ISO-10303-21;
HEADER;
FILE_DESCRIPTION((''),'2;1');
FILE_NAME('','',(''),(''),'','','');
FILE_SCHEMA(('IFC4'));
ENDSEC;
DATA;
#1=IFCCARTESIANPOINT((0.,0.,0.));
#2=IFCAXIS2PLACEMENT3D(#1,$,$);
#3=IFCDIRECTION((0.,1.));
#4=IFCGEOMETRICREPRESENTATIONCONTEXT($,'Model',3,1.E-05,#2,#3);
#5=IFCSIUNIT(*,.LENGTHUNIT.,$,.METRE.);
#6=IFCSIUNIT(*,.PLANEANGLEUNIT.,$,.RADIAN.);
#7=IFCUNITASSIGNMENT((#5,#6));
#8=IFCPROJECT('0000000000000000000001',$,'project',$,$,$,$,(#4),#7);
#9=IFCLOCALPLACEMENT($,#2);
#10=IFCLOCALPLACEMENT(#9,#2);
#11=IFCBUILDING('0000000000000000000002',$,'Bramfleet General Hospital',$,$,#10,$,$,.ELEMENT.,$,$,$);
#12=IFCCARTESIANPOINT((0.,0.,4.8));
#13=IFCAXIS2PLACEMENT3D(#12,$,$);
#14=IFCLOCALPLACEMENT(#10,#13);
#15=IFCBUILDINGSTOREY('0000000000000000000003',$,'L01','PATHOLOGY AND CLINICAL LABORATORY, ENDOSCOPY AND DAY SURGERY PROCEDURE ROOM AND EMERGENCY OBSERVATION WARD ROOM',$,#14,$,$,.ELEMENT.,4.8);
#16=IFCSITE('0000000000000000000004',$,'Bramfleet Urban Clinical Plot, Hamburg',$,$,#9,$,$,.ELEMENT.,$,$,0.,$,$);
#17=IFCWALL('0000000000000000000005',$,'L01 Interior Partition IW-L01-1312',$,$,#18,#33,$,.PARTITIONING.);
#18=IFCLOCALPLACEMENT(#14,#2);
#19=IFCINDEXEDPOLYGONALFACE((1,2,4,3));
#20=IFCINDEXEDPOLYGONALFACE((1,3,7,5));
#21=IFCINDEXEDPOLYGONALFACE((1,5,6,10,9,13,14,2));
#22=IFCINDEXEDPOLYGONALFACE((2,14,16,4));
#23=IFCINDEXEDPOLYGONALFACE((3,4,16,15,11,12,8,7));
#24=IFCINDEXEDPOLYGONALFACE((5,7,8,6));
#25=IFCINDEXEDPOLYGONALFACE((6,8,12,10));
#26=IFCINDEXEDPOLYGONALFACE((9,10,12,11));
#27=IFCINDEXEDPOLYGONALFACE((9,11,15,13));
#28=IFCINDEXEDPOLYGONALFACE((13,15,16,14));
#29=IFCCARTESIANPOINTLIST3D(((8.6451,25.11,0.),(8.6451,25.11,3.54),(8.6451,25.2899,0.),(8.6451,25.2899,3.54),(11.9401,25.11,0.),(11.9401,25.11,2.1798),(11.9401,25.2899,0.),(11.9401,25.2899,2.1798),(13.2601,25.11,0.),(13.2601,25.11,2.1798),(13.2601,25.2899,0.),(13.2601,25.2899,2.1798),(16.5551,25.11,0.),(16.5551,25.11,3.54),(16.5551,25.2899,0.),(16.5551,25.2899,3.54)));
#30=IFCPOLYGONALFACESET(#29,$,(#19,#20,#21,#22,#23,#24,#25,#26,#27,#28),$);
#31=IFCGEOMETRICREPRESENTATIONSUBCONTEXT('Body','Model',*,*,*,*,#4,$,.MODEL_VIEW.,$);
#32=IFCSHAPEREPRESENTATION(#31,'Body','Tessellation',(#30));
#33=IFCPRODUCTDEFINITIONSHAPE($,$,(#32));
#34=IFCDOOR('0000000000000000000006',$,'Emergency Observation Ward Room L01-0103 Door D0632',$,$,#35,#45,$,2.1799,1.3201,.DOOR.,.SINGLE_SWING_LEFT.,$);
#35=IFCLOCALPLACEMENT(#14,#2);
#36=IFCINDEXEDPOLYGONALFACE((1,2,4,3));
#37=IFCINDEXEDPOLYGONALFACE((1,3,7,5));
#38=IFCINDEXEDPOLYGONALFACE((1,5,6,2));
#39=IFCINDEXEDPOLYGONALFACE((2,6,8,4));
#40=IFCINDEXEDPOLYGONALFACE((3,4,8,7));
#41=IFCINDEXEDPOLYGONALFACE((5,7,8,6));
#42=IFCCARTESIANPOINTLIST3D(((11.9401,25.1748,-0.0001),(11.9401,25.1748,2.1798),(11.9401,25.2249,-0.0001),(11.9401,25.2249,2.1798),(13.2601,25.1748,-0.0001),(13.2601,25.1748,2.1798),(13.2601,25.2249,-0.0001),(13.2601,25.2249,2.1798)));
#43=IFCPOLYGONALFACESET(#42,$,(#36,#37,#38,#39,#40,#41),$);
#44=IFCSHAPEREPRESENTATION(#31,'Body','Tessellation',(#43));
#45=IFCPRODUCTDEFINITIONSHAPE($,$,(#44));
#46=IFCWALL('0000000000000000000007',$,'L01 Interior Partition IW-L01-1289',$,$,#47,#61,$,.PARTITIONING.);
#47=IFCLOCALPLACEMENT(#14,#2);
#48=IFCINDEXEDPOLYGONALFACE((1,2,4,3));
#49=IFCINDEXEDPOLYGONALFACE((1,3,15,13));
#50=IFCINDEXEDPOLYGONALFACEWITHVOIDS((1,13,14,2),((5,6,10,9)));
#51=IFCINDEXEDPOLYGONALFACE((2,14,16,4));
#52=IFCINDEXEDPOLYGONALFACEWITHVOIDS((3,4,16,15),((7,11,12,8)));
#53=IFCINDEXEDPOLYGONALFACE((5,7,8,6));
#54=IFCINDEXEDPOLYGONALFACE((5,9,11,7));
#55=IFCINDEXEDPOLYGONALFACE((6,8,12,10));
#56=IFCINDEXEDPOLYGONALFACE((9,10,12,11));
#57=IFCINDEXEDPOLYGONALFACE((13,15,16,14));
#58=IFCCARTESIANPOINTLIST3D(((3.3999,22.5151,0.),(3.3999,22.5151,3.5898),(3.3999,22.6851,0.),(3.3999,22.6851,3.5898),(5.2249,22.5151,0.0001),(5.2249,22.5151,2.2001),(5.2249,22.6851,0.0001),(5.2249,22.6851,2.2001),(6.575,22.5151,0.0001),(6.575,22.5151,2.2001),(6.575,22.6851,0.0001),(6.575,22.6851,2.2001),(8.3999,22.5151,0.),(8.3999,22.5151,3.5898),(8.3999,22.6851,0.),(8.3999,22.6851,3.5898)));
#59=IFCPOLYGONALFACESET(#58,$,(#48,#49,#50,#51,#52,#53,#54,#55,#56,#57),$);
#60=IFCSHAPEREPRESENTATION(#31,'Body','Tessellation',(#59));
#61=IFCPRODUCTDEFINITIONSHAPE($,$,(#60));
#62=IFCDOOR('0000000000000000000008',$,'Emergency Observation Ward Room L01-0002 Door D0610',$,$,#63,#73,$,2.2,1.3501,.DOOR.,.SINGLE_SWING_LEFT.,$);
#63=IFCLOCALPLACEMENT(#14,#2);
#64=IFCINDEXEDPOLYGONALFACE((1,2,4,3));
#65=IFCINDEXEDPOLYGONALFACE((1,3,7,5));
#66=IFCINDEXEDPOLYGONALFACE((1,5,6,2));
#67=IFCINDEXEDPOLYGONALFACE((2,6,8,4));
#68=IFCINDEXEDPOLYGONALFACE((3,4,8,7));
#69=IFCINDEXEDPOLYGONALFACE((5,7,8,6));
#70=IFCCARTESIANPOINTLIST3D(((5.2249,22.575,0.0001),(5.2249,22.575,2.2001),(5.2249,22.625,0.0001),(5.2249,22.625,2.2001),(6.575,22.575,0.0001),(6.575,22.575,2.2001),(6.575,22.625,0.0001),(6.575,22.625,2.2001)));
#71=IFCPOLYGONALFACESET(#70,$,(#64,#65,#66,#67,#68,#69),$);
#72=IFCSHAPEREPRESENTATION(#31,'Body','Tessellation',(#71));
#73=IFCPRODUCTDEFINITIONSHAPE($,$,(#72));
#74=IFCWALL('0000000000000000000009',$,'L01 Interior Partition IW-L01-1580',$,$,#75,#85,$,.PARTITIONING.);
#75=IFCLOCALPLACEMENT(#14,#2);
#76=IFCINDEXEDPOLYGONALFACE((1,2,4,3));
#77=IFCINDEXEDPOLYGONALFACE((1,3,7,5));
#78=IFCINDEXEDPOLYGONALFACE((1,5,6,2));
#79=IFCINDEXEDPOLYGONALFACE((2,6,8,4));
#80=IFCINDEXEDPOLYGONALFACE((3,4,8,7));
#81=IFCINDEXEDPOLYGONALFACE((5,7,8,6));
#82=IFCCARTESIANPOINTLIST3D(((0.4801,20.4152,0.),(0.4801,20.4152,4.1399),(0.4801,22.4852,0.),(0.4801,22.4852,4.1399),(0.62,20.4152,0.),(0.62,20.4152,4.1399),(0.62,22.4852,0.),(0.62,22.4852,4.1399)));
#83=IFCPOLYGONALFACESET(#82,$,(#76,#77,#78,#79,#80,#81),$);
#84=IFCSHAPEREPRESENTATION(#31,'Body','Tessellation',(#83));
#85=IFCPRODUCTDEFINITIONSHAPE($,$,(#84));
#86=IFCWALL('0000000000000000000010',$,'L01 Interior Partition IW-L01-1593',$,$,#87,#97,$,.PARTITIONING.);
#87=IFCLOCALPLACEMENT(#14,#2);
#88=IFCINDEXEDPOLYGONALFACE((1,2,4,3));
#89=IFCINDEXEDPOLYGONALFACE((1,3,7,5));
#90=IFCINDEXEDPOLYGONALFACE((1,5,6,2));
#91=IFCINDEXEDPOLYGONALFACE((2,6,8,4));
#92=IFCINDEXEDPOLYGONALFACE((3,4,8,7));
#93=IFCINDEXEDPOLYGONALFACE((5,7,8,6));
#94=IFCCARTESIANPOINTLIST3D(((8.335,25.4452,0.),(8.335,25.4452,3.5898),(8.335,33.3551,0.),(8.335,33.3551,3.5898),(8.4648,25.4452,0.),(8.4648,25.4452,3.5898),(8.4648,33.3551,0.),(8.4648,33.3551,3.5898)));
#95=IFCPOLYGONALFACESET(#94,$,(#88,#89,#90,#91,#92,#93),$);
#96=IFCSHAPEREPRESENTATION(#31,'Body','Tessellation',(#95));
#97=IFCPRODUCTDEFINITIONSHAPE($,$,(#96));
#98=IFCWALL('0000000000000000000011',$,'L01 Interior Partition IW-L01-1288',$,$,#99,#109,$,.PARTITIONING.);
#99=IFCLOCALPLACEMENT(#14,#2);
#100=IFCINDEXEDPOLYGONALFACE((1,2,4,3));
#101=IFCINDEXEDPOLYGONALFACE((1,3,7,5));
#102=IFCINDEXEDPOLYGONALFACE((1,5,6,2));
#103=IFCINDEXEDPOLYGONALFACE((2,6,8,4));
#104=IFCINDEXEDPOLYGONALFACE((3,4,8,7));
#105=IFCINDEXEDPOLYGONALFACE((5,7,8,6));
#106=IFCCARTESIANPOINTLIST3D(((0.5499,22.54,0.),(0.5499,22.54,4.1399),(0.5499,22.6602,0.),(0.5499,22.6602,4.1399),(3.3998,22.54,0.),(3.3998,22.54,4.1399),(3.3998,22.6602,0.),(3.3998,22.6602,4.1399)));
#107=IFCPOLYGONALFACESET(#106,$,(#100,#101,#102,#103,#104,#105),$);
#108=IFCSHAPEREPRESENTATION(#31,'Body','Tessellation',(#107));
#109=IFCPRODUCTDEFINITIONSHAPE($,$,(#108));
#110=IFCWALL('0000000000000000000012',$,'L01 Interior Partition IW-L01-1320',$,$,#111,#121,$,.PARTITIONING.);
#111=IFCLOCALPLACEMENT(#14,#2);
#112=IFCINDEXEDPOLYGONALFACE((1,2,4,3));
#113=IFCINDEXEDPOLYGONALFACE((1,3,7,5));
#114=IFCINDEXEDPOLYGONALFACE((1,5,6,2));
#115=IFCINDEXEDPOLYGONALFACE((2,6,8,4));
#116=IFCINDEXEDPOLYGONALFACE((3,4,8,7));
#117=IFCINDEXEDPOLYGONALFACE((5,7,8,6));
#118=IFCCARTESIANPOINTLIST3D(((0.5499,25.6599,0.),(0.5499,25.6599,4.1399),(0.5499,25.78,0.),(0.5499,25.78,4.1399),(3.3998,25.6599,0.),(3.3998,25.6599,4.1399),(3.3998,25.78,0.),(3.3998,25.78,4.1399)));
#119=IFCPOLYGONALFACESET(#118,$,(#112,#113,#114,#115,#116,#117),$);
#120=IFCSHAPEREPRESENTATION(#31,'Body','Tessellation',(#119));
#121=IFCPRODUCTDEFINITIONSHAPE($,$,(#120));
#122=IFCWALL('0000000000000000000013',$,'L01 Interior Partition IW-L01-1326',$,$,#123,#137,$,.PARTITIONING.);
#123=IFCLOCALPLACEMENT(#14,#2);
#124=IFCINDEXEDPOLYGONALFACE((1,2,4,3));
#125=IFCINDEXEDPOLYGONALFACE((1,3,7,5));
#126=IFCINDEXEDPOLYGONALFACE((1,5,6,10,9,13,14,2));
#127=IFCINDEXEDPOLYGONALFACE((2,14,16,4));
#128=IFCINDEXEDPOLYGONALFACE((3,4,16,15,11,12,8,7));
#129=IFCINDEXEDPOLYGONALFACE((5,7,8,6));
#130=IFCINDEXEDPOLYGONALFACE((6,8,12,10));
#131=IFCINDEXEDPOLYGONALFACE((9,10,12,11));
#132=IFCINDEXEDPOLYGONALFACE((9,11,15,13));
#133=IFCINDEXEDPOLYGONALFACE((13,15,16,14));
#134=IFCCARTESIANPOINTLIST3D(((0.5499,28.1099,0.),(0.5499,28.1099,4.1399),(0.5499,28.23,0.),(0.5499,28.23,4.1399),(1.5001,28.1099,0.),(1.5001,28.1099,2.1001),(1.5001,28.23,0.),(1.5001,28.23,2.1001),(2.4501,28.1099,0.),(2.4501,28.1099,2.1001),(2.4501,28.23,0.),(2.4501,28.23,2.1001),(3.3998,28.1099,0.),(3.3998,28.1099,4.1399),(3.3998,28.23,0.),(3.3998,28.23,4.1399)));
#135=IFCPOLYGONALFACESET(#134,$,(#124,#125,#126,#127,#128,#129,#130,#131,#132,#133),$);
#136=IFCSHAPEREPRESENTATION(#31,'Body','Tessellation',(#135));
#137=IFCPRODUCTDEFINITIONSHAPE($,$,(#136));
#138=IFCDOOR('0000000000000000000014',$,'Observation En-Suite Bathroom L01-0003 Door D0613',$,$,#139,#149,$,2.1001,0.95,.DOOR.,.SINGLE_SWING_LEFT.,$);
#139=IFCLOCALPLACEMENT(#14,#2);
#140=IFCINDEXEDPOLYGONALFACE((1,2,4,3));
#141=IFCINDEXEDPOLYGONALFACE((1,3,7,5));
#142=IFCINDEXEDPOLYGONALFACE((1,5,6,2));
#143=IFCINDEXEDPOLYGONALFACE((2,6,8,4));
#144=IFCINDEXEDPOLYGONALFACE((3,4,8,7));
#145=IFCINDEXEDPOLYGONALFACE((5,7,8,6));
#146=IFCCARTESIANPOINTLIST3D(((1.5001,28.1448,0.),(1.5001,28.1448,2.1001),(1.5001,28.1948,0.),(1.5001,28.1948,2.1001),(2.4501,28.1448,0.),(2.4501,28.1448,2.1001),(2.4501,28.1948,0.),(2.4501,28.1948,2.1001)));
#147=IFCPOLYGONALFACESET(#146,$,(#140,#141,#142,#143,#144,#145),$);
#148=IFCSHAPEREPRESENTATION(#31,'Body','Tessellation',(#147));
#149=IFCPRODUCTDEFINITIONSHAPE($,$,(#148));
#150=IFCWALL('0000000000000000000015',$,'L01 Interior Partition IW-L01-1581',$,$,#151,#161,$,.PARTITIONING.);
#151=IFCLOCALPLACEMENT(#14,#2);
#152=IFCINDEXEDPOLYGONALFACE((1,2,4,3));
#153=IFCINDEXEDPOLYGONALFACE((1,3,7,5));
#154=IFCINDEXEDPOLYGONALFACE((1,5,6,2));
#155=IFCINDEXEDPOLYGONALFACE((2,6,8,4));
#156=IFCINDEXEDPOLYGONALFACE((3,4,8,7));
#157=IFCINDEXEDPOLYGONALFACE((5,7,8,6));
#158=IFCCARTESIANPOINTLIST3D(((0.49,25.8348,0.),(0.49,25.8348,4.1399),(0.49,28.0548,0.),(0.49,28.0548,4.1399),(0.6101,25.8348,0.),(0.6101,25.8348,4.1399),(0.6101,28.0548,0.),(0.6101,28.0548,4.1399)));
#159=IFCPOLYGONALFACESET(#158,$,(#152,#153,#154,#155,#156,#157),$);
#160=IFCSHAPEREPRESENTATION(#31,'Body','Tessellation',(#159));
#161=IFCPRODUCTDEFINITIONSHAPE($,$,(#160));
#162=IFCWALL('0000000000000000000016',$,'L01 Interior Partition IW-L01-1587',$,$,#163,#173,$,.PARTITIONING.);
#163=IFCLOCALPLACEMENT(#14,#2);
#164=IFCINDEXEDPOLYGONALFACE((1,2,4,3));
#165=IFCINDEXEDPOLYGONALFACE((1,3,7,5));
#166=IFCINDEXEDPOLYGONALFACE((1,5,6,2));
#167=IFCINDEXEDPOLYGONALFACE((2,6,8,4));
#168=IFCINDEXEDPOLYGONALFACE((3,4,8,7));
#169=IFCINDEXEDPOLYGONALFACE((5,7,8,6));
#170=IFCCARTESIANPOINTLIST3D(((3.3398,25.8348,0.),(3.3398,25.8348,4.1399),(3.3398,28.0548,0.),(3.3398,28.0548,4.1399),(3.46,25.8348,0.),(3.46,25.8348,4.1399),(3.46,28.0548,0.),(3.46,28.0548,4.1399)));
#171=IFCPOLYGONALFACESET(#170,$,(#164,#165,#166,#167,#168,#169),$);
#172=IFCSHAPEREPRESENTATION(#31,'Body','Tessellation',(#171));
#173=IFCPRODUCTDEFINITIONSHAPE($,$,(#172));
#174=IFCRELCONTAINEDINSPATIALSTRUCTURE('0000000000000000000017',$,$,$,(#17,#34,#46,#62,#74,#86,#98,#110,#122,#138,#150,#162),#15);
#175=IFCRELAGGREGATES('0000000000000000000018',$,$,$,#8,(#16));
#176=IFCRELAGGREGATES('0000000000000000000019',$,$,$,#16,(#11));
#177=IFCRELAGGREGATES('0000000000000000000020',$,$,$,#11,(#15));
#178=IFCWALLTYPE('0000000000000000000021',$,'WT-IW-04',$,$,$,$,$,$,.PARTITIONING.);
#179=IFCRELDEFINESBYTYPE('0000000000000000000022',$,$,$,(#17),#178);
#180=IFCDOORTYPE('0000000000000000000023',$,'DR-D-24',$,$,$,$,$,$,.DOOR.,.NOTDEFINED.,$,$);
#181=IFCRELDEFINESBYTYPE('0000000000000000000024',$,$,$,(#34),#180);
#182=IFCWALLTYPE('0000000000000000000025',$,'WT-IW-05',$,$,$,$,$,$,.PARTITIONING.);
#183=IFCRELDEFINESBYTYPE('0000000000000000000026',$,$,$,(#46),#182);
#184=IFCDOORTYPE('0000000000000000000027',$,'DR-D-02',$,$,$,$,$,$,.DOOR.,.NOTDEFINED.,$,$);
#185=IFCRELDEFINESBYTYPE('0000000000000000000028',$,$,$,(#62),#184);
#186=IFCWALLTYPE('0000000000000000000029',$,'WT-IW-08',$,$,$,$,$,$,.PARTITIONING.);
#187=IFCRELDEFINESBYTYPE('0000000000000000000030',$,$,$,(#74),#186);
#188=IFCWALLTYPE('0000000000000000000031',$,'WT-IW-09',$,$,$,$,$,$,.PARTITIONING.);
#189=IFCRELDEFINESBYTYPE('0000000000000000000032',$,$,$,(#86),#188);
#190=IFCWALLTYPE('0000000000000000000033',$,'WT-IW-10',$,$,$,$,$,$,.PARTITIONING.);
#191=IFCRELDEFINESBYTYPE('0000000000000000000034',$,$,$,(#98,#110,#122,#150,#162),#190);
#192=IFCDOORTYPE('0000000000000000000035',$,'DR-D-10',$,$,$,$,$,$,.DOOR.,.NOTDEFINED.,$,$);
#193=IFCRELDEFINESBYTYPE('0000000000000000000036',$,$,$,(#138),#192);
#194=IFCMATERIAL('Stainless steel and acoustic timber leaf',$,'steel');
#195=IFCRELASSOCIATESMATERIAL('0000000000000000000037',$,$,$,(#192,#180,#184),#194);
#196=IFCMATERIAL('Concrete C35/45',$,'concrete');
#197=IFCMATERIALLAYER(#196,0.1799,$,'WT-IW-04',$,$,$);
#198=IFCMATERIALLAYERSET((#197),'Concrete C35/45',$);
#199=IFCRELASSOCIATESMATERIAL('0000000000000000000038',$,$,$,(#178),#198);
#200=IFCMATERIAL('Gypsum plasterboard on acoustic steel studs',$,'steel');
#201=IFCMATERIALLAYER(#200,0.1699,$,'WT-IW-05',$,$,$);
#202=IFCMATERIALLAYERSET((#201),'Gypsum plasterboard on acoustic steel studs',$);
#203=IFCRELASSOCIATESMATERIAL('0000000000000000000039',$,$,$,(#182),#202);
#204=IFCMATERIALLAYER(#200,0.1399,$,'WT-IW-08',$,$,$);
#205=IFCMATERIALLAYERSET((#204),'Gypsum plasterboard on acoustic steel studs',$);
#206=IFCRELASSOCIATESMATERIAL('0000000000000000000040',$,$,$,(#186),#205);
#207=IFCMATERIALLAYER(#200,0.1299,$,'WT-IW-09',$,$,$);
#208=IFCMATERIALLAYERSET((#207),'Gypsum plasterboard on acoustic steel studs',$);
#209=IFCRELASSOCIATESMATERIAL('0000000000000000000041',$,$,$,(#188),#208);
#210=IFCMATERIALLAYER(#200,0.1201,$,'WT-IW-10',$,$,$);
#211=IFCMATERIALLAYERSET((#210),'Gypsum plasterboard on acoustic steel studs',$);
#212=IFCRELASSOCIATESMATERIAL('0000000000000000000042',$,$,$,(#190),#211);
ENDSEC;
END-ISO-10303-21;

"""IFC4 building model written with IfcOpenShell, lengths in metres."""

from ifc_helpers import new_model, si_unit, direction, frame, frame_2d, origin, place, context, subcontext, project, spatial, rectangle, extrude, material, layer, layer_set, type_object, element, fill, save


model = new_model("IFC4")

# Units and contexts
model_context = context("Model", 3, precision=1e-05, world=origin(), true_north=direction((0.0, 1.0)))
body_context = subcontext(model_context, "Body", "Model", "MODEL_VIEW")
ifc_project = project(units=[si_unit("LENGTHUNIT", "METRE"), si_unit("PLANEANGLEUNIT", "RADIAN")], contexts=[model_context])

# Site, building, storey
site_placement = place(None, origin())
site = spatial("IfcSite", under=ifc_project, at=site_placement, Name="Bramfleet Urban Clinical Plot, Hamburg", CompositionType="ELEMENT", RefElevation=0.0)
building_placement = place(site_placement, origin())
building = spatial("IfcBuilding", under=site, at=building_placement, Name="Bramfleet General Hospital", CompositionType="ELEMENT")
storey_placement = place(building_placement, frame((0.0, 0.0, 4.8)))
storey = spatial("IfcBuildingStorey", under=building, at=storey_placement, Name="L01", Description="PATHOLOGY AND CLINICAL LABORATORY, ENDOSCOPY AND DAY SURGERY PROCEDURE ROOM AND EMERGENCY OBSERVATION WARD ROOM", CompositionType="ELEMENT", Elevation=4.8)

# Shared definitions
ifc_material_1 = material(Name="Concrete C35/45", Category="concrete")

# Shared definitions
ifc_material_2 = material(Name="Stainless steel and acoustic timber leaf", Category="steel")
door_type_1 = type_object("IfcDoorType", Name="DR-D-10", OperationType="NOTDEFINED", PredefinedType="DOOR", material=ifc_material_2)

# Walls, openings, doors
ifc_layer_1 = layer(ifc_material_1, 0.1799, Name="WT-IW-04")
ifc_layer_set_1 = layer_set([ifc_layer_1], Name="Concrete C35/45")
wall_type_1 = type_object("IfcWallType", Name="WT-IW-04", PredefinedType="PARTITIONING", material=ifc_layer_set_1)
wall_1_placement = place(storey_placement, frame((8.645, 25.2, 0.0), z_axis=(0.0, 0.0, 1.0), x_axis=(1.0, 0.0, 0.0)))
wall_1 = element("IfcWall", 1, at=wall_1_placement, inside=storey, type_object=wall_type_1, Name="L01 Interior Partition IW-L01-1312", PredefinedType="PARTITIONING", context=body_context, shape_type="SweptSolid", body=[
    extrude(rectangle(XDim=7.9099, YDim=0.1799, at=frame_2d((3.9551, 0.0))), origin(), (0.0, 0.0, 1.0), 3.54),
])
opening_1_placement = place(wall_1_placement, frame((3.2949, 0.0, 0.0)))
opening_1 = element("IfcOpeningElement", 2, at=opening_1_placement, cuts=wall_1, PredefinedType="OPENING", context=body_context, shape_type="SweptSolid", body=[
    extrude(rectangle(XDim=1.3201, YDim=2.1799, at=frame_2d((0.6602, 1.0898))), frame((0.0, 0.0999, 0.0), z_axis=(0.0, -1.0, 0.0), x_axis=(1.0, 0.0, 0.0)), (0.0, 0.0, 1.0), 0.2),
])
door_type_2 = type_object("IfcDoorType", Name="DR-D-24", OperationType="NOTDEFINED", PredefinedType="DOOR", material=ifc_material_2)
door_1_placement = place(opening_1_placement, origin())
door_1 = element("IfcDoor", 3, at=door_1_placement, inside=storey, type_object=door_type_2, Name="Emergency Observation Ward Room L01-0103 Door D0632", OperationType="SINGLE_SWING_LEFT", OverallHeight=2.1799, OverallWidth=1.3201, PredefinedType="DOOR", context=body_context, shape_type="SweptSolid", body=[
    extrude(rectangle(XDim=1.3201, YDim=2.1799, at=frame_2d((0.6602, 1.0898))), frame((0.0, 0.0249, 0.0), z_axis=(0.0, -1.0, 0.0), x_axis=(1.0, 0.0, 0.0)), (0.0, 0.0, 1.0), 0.05),
])
fill(opening_1, door_1)
ifc_material_3 = material(Name="Gypsum plasterboard on acoustic steel studs", Category="steel")
ifc_layer_2 = layer(ifc_material_3, 0.1699, Name="WT-IW-05")
ifc_layer_set_2 = layer_set([ifc_layer_2], Name="Gypsum plasterboard on acoustic steel studs")
wall_type_2 = type_object("IfcWallType", Name="WT-IW-05", PredefinedType="PARTITIONING", material=ifc_layer_set_2)
wall_2_placement = place(storey_placement, frame((3.3999, 22.6001, 0.0), z_axis=(0.0, 0.0, 1.0), x_axis=(1.0, 0.0, 0.0)))
wall_2 = element("IfcWall", 4, at=wall_2_placement, inside=storey, type_object=wall_type_2, Name="L01 Interior Partition IW-L01-1289", PredefinedType="PARTITIONING", context=body_context, shape_type="SweptSolid", body=[
    extrude(rectangle(XDim=5.0, YDim=0.1699, at=frame_2d((2.5, 0.0))), origin(), (0.0, 0.0, 1.0), 3.5898),
])
opening_2_placement = place(wall_2_placement, frame((1.825, 0.0, 0.0)))
opening_2 = element("IfcOpeningElement", 5, at=opening_2_placement, cuts=wall_2, PredefinedType="OPENING", context=body_context, shape_type="SweptSolid", body=[
    extrude(rectangle(XDim=1.3501, YDim=2.2, at=frame_2d((0.675, 1.1001))), frame((0.0, 0.095, 0.0), z_axis=(0.0, -1.0, 0.0), x_axis=(1.0, 0.0, 0.0)), (0.0, 0.0, 1.0), 0.1899),
])
door_type_3 = type_object("IfcDoorType", Name="DR-D-02", OperationType="NOTDEFINED", PredefinedType="DOOR", material=ifc_material_2)
door_2_placement = place(opening_2_placement, origin())
door_2 = element("IfcDoor", 6, at=door_2_placement, inside=storey, type_object=door_type_3, Name="Emergency Observation Ward Room L01-0002 Door D0610", OperationType="SINGLE_SWING_LEFT", OverallHeight=2.2, OverallWidth=1.3501, PredefinedType="DOOR", context=body_context, shape_type="SweptSolid", body=[
    extrude(rectangle(XDim=1.3501, YDim=2.2, at=frame_2d((0.675, 1.1001))), frame((0.0, 0.0249, 0.0), z_axis=(0.0, -1.0, 0.0), x_axis=(1.0, 0.0, 0.0)), (0.0, 0.0, 1.0), 0.05),
])
fill(opening_2, door_2)

# Walls
ifc_layer_3 = layer(ifc_material_3, 0.1399, Name="WT-IW-08")
ifc_layer_set_3 = layer_set([ifc_layer_3], Name="Gypsum plasterboard on acoustic steel studs")
wall_type_3 = type_object("IfcWallType", Name="WT-IW-08", PredefinedType="PARTITIONING", material=ifc_layer_set_3)
wall_3_placement = place(storey_placement, frame((0.55, 20.415, 0.0), z_axis=(0.0, 0.0, 1.0), x_axis=(0.0, 1.0, 0.0)))
element("IfcWall", 7, at=wall_3_placement, inside=storey, type_object=wall_type_3, Name="L01 Interior Partition IW-L01-1580", PredefinedType="PARTITIONING", context=body_context, shape_type="SweptSolid", body=[
    extrude(rectangle(XDim=2.0701, YDim=0.1399, at=frame_2d((1.0352, 0.0))), origin(), (0.0, 0.0, 1.0), 4.1399),
])
ifc_layer_4 = layer(ifc_material_3, 0.1299, Name="WT-IW-09")
ifc_layer_set_4 = layer_set([ifc_layer_4], Name="Gypsum plasterboard on acoustic steel studs")
wall_type_4 = type_object("IfcWallType", Name="WT-IW-09", PredefinedType="PARTITIONING", material=ifc_layer_set_4)
wall_4_placement = place(storey_placement, frame((8.3999, 25.4451, 0.0), z_axis=(0.0, 0.0, 1.0), x_axis=(0.0, 1.0, 0.0)))
element("IfcWall", 8, at=wall_4_placement, inside=storey, type_object=wall_type_4, Name="L01 Interior Partition IW-L01-1593", PredefinedType="PARTITIONING", context=body_context, shape_type="SweptSolid", body=[
    extrude(rectangle(XDim=7.9099, YDim=0.1299, at=frame_2d((3.9551, 0.0))), origin(), (0.0, 0.0, 1.0), 3.5898),
])
ifc_layer_5 = layer(ifc_material_3, 0.1201, Name="WT-IW-10")
ifc_layer_set_5 = layer_set([ifc_layer_5], Name="Gypsum plasterboard on acoustic steel studs")
wall_type_5 = type_object("IfcWallType", Name="WT-IW-10", PredefinedType="PARTITIONING", material=ifc_layer_set_5)
for number, where, z_axis, x_axis, name in (
    (9, (0.55, 22.6001, 0.0), (0.0, 0.0, 1.0), (1.0, 0.0, 0.0), "L01 Interior Partition IW-L01-1288"),
    (10, (0.55, 25.72, 0.0), (0.0, 0.0, 1.0), (1.0, 0.0, 0.0), "L01 Interior Partition IW-L01-1320"),
):
    element("IfcWall", number, at=place(storey_placement, frame(where, z_axis=z_axis, x_axis=x_axis)), inside=storey, type_object=wall_type_5, Name=name, PredefinedType="PARTITIONING", context=body_context, shape_type="SweptSolid", body=[
        extrude(rectangle(XDim=2.8499, YDim=0.1201, at=frame_2d((1.4248, 0.0))), origin(), (0.0, 0.0, 1.0), 4.1399),
    ])

# Wall, opening, door
wall_5_placement = place(storey_placement, frame((0.55, 28.1699, 0.0), z_axis=(0.0, 0.0, 1.0), x_axis=(1.0, 0.0, 0.0)))
wall_5 = element("IfcWall", 11, at=wall_5_placement, inside=storey, type_object=wall_type_5, Name="L01 Interior Partition IW-L01-1326", PredefinedType="PARTITIONING", context=body_context, shape_type="SweptSolid", body=[
    extrude(rectangle(XDim=2.8499, YDim=0.1201, at=frame_2d((1.4248, 0.0))), origin(), (0.0, 0.0, 1.0), 4.1399),
])
opening_3_placement = place(wall_5_placement, frame((0.95, 0.0, 0.0)))
opening_3 = element("IfcOpeningElement", 12, at=opening_3_placement, cuts=wall_5, PredefinedType="OPENING", context=body_context, shape_type="SweptSolid", body=[
    extrude(rectangle(XDim=0.95, YDim=2.1001, at=frame_2d((0.4751, 1.05))), frame((0.0, 0.0701, 0.0), z_axis=(0.0, -1.0, 0.0), x_axis=(1.0, 0.0, 0.0)), (0.0, 0.0, 1.0), 0.1401),
])
door_3_placement = place(opening_3_placement, origin())
door_3 = element("IfcDoor", 13, at=door_3_placement, inside=storey, type_object=door_type_1, Name="Observation En-Suite Bathroom L01-0003 Door D0613", OperationType="SINGLE_SWING_LEFT", OverallHeight=2.1001, OverallWidth=0.95, PredefinedType="DOOR", context=body_context, shape_type="SweptSolid", body=[
    extrude(rectangle(XDim=0.95, YDim=2.1001, at=frame_2d((0.4751, 1.05))), frame((0.0, 0.0249, 0.0), z_axis=(0.0, -1.0, 0.0), x_axis=(1.0, 0.0, 0.0)), (0.0, 0.0, 1.0), 0.05),
])
fill(opening_3, door_3)

# Walls
for number, where, z_axis, x_axis, name in (
    (14, (0.55, 25.835, 0.0), (0.0, 0.0, 1.0), (0.0, 1.0, 0.0), "L01 Interior Partition IW-L01-1581"),
    (15, (3.3999, 25.835, 0.0), (0.0, 0.0, 1.0), (0.0, 1.0, 0.0), "L01 Interior Partition IW-L01-1587"),
):
    element("IfcWall", number, at=place(storey_placement, frame(where, z_axis=z_axis, x_axis=x_axis)), inside=storey, type_object=wall_type_5, Name=name, PredefinedType="PARTITIONING", context=body_context, shape_type="SweptSolid", body=[
        extrude(rectangle(XDim=2.22, YDim=0.1201, at=frame_2d((1.1099, 0.0))), origin(), (0.0, 0.0, 1.0), 4.1399),
    ])

save(model, "model.ifc")
